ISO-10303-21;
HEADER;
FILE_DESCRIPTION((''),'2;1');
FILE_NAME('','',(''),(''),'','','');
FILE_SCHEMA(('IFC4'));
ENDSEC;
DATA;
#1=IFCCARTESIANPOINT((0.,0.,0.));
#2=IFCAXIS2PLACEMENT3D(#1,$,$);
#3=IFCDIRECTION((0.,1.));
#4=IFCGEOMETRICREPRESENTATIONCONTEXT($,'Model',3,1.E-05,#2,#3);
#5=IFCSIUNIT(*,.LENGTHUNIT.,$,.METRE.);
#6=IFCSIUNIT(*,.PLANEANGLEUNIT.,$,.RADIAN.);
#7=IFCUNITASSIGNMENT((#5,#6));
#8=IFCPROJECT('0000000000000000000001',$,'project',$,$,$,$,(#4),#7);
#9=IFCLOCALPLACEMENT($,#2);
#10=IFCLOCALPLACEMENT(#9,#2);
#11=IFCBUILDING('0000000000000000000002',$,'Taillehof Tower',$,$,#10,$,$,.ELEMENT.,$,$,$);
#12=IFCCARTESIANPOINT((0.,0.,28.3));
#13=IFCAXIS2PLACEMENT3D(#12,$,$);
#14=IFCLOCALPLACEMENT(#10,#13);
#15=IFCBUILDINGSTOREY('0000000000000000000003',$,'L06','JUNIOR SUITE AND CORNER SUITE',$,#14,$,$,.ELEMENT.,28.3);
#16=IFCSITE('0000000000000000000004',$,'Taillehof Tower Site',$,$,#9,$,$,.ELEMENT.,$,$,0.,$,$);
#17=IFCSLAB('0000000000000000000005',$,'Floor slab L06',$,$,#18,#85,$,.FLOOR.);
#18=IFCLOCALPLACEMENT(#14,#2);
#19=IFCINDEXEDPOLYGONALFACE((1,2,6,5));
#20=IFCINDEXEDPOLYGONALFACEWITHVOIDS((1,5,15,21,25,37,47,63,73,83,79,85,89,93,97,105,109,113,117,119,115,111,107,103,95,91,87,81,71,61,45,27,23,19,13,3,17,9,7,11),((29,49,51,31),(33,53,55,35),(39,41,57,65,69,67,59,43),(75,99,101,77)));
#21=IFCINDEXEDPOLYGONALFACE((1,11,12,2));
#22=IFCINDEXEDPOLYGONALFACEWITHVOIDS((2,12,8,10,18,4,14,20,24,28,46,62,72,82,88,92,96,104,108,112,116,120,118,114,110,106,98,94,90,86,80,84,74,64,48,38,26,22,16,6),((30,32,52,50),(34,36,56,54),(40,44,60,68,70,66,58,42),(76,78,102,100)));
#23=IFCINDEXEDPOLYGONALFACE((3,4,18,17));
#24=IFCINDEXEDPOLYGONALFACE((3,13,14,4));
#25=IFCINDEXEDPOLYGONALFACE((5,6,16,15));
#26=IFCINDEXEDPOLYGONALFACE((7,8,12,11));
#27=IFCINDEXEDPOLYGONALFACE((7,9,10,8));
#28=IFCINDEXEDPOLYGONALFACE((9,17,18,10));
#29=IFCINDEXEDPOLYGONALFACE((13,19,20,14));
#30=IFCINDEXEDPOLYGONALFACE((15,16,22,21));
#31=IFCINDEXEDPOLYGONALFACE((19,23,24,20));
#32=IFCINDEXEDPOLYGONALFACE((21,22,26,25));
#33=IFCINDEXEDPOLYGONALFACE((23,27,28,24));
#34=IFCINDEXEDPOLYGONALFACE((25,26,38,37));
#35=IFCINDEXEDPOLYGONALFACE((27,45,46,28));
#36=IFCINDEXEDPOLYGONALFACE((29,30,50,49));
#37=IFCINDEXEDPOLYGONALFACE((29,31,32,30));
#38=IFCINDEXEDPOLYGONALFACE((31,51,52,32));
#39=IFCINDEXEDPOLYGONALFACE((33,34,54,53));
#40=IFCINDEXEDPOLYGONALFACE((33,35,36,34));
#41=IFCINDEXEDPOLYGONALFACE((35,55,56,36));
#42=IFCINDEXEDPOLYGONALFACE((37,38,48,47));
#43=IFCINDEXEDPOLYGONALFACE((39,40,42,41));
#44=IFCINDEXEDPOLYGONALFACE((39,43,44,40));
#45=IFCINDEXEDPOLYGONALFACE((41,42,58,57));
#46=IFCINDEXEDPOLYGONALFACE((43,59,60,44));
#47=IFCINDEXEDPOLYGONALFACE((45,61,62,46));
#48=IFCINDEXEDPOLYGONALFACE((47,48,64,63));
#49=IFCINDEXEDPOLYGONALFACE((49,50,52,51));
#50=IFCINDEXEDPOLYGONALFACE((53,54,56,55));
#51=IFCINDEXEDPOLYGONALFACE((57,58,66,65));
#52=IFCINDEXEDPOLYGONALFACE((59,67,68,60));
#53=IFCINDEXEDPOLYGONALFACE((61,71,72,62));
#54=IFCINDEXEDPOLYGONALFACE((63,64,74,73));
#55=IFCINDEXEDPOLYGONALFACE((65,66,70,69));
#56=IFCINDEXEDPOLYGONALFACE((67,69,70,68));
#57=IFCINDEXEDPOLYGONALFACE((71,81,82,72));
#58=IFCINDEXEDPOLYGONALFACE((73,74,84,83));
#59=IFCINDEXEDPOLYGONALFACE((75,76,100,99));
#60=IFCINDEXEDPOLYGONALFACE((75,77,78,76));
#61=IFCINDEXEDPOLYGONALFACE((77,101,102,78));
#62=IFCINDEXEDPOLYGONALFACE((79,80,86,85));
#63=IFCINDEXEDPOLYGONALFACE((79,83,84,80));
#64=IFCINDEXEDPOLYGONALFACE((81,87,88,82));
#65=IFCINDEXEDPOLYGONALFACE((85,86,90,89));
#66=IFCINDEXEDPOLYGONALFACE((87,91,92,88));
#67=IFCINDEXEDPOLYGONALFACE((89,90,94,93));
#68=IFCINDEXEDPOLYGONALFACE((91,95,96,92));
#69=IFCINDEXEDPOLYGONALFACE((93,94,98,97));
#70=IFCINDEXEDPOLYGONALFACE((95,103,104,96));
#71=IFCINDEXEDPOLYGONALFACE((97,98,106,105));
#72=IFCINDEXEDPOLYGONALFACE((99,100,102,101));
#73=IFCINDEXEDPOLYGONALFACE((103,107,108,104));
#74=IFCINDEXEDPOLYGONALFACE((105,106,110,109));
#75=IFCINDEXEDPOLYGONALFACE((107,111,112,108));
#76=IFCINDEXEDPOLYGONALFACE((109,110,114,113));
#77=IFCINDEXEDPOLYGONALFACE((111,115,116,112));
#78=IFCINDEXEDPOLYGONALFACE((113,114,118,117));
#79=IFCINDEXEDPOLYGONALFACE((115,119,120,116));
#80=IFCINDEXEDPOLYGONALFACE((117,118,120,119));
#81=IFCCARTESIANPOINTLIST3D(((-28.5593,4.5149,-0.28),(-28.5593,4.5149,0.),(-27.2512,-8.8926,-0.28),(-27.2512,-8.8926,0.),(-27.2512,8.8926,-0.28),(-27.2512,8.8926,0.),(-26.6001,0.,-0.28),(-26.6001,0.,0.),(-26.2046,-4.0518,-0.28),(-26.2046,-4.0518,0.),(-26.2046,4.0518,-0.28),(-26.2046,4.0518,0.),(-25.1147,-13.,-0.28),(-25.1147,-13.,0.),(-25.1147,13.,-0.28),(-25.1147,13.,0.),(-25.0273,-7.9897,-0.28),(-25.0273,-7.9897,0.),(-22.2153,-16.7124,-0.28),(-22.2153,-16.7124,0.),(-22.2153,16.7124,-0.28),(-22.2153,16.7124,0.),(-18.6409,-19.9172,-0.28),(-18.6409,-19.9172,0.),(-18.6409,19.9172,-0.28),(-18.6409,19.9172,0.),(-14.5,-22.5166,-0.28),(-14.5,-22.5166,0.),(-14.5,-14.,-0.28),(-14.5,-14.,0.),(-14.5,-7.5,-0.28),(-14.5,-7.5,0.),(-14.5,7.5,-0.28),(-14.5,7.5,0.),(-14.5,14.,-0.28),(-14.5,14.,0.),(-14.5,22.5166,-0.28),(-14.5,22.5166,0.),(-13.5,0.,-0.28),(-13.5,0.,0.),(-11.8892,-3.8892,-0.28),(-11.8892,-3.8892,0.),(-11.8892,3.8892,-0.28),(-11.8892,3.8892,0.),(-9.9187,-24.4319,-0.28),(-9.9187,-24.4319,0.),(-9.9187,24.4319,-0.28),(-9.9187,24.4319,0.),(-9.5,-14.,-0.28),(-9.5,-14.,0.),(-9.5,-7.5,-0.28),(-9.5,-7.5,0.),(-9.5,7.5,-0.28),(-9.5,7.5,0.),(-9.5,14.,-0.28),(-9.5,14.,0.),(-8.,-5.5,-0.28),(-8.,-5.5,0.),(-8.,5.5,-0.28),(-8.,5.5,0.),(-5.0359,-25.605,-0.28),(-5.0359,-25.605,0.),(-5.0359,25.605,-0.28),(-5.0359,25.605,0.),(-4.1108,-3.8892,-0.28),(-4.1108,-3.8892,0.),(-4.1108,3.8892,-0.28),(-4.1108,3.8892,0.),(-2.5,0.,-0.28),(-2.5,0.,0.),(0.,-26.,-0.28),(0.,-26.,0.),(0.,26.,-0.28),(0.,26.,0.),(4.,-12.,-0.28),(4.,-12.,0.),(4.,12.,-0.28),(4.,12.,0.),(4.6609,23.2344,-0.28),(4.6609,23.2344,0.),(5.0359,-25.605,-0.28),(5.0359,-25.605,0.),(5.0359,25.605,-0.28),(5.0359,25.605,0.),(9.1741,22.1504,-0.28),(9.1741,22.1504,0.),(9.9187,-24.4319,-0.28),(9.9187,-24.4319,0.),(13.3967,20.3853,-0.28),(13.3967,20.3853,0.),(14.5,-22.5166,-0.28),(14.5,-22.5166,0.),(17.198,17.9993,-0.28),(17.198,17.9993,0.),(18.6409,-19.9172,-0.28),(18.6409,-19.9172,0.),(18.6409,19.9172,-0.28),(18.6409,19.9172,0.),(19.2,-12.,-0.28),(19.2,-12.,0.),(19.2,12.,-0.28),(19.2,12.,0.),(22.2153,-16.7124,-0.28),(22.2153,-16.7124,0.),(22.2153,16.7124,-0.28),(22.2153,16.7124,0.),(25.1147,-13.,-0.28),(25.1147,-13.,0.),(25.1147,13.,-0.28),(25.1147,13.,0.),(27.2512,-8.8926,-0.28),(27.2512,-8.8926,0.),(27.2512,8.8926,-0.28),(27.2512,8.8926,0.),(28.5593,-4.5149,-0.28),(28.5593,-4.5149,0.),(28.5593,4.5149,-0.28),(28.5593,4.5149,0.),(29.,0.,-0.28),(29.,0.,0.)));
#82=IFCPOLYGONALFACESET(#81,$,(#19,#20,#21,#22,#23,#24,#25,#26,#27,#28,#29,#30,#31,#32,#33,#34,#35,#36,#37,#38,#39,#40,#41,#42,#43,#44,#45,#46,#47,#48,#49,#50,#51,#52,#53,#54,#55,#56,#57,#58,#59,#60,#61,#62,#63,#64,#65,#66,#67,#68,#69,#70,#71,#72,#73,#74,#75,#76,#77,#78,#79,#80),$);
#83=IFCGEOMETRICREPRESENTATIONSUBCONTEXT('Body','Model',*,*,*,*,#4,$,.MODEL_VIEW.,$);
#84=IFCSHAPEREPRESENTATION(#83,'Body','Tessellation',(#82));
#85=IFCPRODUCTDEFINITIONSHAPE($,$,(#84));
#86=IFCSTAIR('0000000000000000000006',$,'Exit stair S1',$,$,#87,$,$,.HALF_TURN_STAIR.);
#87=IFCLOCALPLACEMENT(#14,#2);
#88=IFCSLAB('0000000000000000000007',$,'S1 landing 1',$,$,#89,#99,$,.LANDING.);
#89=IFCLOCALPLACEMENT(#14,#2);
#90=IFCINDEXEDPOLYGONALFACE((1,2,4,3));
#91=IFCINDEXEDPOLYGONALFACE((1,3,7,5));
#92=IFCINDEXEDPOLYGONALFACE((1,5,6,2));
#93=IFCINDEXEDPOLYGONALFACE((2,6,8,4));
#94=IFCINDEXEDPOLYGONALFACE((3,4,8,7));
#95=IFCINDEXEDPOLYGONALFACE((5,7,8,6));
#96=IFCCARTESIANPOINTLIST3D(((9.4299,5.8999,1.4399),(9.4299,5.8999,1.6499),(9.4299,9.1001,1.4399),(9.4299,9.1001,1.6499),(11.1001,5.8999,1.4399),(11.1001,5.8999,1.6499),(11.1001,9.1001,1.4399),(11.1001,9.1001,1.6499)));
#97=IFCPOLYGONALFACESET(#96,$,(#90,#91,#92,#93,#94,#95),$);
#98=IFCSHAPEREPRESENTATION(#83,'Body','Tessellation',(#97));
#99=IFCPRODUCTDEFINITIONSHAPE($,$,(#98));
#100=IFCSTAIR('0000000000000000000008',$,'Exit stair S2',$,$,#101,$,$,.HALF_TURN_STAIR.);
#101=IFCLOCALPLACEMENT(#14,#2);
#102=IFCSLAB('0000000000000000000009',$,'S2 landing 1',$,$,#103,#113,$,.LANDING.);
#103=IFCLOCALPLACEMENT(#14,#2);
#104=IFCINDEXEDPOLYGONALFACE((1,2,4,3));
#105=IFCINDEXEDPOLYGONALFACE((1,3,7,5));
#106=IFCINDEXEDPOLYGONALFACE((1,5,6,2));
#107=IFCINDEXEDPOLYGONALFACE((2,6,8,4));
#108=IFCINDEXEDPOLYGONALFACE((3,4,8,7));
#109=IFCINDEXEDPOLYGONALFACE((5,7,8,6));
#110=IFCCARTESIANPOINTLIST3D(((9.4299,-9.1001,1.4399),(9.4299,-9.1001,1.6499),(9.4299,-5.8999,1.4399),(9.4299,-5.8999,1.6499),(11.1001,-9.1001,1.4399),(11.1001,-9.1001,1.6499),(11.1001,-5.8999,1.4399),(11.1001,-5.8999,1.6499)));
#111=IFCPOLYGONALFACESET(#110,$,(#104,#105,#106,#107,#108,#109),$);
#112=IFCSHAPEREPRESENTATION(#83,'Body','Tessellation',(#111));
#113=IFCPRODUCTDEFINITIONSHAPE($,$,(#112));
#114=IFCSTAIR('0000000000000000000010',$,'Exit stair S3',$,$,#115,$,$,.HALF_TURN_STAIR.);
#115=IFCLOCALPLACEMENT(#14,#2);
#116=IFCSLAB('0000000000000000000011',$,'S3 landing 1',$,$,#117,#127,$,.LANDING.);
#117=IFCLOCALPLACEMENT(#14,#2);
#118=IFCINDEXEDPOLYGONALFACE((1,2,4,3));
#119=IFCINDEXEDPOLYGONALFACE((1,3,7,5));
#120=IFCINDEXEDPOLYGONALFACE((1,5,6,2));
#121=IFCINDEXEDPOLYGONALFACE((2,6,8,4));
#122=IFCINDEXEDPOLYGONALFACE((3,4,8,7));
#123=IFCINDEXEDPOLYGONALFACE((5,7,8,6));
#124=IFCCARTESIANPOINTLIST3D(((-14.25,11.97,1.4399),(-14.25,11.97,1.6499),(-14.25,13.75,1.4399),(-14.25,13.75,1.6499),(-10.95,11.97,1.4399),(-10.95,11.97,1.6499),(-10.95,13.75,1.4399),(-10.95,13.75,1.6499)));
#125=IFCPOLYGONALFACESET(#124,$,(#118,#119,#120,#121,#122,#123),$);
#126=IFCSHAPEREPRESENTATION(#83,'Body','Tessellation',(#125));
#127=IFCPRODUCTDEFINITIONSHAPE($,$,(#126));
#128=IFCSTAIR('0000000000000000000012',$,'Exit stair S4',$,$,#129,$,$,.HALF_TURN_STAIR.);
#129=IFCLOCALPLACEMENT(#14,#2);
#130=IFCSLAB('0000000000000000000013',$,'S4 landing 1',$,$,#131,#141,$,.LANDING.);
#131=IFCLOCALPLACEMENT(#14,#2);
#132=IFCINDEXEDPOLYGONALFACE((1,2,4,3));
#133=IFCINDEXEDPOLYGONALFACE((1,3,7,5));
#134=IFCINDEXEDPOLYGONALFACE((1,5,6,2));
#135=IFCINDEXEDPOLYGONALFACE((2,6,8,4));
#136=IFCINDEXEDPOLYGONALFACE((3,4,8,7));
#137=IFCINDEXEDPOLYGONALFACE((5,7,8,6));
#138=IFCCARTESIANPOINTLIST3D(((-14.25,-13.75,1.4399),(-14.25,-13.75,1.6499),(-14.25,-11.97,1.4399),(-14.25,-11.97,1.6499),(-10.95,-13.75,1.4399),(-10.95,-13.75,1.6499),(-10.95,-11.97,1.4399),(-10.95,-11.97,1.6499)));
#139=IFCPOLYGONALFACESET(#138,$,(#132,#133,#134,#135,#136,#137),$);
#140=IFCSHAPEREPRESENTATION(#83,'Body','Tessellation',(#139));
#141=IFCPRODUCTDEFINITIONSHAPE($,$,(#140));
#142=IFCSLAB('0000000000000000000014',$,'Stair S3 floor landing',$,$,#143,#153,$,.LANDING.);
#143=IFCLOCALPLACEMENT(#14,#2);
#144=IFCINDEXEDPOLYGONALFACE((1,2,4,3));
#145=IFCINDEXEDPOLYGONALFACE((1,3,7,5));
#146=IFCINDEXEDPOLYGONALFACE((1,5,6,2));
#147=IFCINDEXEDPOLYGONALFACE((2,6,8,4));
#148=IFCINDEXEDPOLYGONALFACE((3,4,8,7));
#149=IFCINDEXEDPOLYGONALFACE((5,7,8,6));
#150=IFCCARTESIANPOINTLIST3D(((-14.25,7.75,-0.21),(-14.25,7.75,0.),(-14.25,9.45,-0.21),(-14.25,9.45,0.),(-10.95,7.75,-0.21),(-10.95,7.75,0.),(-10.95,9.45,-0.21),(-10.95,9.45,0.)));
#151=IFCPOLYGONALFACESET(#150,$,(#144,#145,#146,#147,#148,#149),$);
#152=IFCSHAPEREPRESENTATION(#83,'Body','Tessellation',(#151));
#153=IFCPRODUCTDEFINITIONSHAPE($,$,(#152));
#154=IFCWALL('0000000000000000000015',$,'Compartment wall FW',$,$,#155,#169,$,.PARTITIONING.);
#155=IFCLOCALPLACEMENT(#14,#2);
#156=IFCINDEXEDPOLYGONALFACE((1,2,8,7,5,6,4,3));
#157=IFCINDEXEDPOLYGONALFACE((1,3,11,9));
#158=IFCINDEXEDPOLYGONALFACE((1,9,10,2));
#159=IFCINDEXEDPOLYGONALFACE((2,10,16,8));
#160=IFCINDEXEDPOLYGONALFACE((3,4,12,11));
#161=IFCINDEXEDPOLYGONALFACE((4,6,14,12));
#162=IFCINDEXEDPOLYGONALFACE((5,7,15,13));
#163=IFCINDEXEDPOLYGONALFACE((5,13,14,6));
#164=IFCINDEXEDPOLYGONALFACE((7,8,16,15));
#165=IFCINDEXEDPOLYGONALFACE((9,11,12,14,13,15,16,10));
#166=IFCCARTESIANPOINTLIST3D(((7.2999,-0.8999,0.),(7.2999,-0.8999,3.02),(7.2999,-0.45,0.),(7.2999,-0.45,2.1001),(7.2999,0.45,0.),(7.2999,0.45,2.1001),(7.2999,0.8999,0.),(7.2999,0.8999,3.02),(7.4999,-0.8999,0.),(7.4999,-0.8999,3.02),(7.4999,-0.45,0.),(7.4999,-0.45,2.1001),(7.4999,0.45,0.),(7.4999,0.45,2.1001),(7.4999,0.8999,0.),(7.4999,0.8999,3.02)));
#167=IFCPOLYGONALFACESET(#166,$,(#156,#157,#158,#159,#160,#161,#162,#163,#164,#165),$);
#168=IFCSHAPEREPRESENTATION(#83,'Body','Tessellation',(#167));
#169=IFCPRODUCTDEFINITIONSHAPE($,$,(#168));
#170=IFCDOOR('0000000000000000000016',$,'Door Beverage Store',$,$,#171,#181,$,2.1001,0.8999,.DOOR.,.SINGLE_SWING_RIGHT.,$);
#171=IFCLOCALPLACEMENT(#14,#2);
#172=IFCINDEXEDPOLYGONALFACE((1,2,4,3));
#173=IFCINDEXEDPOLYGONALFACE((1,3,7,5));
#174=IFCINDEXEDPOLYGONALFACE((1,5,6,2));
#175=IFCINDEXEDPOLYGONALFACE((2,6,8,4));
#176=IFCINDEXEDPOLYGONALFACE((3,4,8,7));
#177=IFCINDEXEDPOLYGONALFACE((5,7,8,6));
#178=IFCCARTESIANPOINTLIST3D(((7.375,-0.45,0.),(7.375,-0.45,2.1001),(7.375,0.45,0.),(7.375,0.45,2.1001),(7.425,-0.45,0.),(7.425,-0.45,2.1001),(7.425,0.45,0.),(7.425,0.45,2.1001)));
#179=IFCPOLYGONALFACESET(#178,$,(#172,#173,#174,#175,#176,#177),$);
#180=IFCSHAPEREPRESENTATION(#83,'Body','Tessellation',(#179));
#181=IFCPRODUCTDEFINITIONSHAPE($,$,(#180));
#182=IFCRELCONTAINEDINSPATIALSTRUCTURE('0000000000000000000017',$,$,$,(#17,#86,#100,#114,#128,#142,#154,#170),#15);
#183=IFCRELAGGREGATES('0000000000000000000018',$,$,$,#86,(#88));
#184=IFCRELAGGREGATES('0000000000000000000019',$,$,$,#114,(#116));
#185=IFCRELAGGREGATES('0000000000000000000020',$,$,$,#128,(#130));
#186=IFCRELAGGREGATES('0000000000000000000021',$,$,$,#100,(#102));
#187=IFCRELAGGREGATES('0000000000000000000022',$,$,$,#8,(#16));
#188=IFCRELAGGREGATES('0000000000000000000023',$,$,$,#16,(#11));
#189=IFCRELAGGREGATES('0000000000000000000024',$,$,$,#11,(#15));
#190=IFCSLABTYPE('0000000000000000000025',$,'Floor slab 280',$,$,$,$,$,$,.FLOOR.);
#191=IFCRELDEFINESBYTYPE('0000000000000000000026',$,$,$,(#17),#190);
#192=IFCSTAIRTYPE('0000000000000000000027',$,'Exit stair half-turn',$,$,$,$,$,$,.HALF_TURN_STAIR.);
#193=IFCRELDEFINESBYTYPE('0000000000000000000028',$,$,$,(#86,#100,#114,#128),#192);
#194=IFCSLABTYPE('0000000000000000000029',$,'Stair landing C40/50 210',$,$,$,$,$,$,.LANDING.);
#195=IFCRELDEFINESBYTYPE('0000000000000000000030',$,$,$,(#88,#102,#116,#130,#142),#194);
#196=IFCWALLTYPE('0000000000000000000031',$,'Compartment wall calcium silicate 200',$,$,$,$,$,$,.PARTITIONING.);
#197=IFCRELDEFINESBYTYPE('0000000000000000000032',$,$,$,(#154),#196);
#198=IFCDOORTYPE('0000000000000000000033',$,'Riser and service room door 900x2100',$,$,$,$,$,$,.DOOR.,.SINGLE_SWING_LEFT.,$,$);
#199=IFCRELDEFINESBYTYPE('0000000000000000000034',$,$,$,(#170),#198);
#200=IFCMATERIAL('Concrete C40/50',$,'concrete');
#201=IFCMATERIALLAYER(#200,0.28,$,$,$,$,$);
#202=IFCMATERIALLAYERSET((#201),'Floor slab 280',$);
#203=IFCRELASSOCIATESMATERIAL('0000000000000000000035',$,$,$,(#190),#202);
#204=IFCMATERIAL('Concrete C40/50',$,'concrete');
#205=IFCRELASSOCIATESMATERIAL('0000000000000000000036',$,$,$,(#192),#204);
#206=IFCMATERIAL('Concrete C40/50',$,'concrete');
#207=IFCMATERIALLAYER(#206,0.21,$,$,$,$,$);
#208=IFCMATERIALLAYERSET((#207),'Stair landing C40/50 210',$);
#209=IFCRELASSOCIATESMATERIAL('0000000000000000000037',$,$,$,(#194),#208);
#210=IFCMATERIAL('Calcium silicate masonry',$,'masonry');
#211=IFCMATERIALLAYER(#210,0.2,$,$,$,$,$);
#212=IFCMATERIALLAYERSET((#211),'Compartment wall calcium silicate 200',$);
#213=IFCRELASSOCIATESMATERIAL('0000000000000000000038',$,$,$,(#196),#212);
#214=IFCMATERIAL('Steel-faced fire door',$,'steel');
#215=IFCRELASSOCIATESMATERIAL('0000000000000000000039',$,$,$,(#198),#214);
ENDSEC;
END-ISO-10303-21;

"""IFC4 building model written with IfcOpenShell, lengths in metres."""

from ifc_helpers import new_model, si_unit, direction, frame, frame_2d, origin, place, context, subcontext, project, spatial, polyline, rectangle, outline, extrude, material, layer, layer_set, type_object, element, fill, aggregate, save


model = new_model("IFC4")

# Units and contexts
model_context = context("Model", 3, precision=1e-05, world=origin(), true_north=direction((0.0, 1.0)))
body_context = subcontext(model_context, "Body", "Model", "MODEL_VIEW")
ifc_project = project(units=[si_unit("LENGTHUNIT", "METRE"), si_unit("PLANEANGLEUNIT", "RADIAN")], contexts=[model_context])

# Site, building, storey
site_placement = place(None, origin())
site = spatial("IfcSite", under=ifc_project, at=site_placement, Name="Taillehof Tower Site", CompositionType="ELEMENT", RefElevation=0.0)
building_placement = place(site_placement, origin())
building = spatial("IfcBuilding", under=site, at=building_placement, Name="Taillehof Tower", CompositionType="ELEMENT")
storey_placement = place(building_placement, frame((0.0, 0.0, 28.3)))
storey = spatial("IfcBuildingStorey", under=building, at=storey_placement, Name="L06", Description="JUNIOR SUITE AND CORNER SUITE", CompositionType="ELEMENT", Elevation=28.3)

# Slab
ifc_material_1 = material(Name="Concrete C40/50", Category="concrete")
ifc_layer_1 = layer(ifc_material_1, 0.28)
ifc_layer_set_1 = layer_set([ifc_layer_1], Name="Floor slab 280")
slab_type_1 = type_object("IfcSlabType", Name="Floor slab 280", PredefinedType="FLOOR", material=ifc_layer_set_1)
slab_1_placement = place(storey_placement, frame((0.0, 0.0, -0.28)))
element("IfcSlab", 1, at=slab_1_placement, inside=storey, type_object=slab_type_1, Name="Floor slab L06", PredefinedType="FLOOR", context=body_context, shape_type="SweptSolid", body=[
    extrude(outline(polyline([(29.0, 0.0), (28.5593, 4.5149), (27.2512, 8.8926), (25.1147, 13.0), (22.2153, 16.7124), (18.6409, 19.9172), (17.198, 17.9993), (13.3967, 20.3853), (9.1741, 22.1504), (4.6609, 23.2344), (5.0359, 25.605), (0.0, 26.0), (-5.0359, 25.605), (-9.9187, 24.4319), (-14.5, 22.5166), (-18.6409, 19.9172), (-22.2153, 16.7124), (-25.1147, 13.0), (-27.2512, 8.8926), (-28.5593, 4.5149), (-26.2046, 4.0518), (-26.6001, 0.0), (-26.2046, -4.0518), (-25.0273, -7.9897), (-27.2512, -8.8926), (-25.1147, -13.0), (-22.2153, -16.7124), (-18.6409, -19.9172), (-14.5, -22.5166), (-9.9187, -24.4319), (-5.0359, -25.605), (0.0, -26.0), (5.0359, -25.605), (9.9187, -24.4319), (14.5, -22.5166), (18.6409, -19.9172), (22.2153, -16.7124), (25.1147, -13.0), (27.2512, -8.8926), (28.5593, -4.5149), (29.0, 0.0)]), holes=[polyline([(-14.5, -7.5), (-9.5, -7.5), (-9.5, -14.0), (-14.5, -14.0), (-14.5, -7.5)]), polyline([(-8.0, -5.5), (-11.8892, -3.8892), (-13.5, 0.0), (-11.8892, 3.8892), (-8.0, 5.5), (-4.1108, 3.8892), (-2.5, 0.0), (-4.1108, -3.8892), (-8.0, -5.5)]), polyline([(19.2, 12.0), (19.2, -12.0), (4.0, -12.0), (4.0, 12.0), (19.2, 12.0)]), polyline([(-14.5, 14.0), (-9.5, 14.0), (-9.5, 7.5), (-14.5, 7.5), (-14.5, 14.0)])]), origin(), (0.0, 0.0, 1.0), 0.28),
])

# Stairs, slabs
ifc_material_2 = material(Name="Concrete C40/50", Category="concrete")
stair_type = type_object("IfcStairType", Name="Exit stair half-turn", PredefinedType="HALF_TURN_STAIR", material=ifc_material_2)
stair_1_placement = place(storey_placement, origin())
stair_1 = element("IfcStair", 2, at=stair_1_placement, inside=storey, type_object=stair_type, Name="Exit stair S1", PredefinedType="HALF_TURN_STAIR")
ifc_material_3 = material(Name="Concrete C40/50", Category="concrete")
ifc_layer_2 = layer(ifc_material_3, 0.21)
ifc_layer_set_2 = layer_set([ifc_layer_2], Name="Stair landing C40/50 210")
slab_type_2 = type_object("IfcSlabType", Name="Stair landing C40/50 210", PredefinedType="LANDING", material=ifc_layer_set_2)
slab_2_placement = place(storey_placement, frame((0.0, 0.0, 1.4399)))
slab_2 = element("IfcSlab", 3, at=slab_2_placement, type_object=slab_type_2, Name="S1 landing 1", PredefinedType="LANDING", context=body_context, shape_type="SweptSolid", body=[
    extrude(outline(polyline([(9.4299, 5.8999), (11.1001, 5.8999), (11.1001, 9.1001), (9.4299, 9.1001), (9.4299, 5.8999)])), origin(), (0.0, 0.0, 1.0), 0.21),
])
aggregate(stair_1, [slab_2])
stair_2_placement = place(storey_placement, origin())
stair_2 = element("IfcStair", 4, at=stair_2_placement, inside=storey, type_object=stair_type, Name="Exit stair S2", PredefinedType="HALF_TURN_STAIR")
slab_3_placement = place(storey_placement, frame((0.0, 0.0, 1.4399)))
slab_3 = element("IfcSlab", 5, at=slab_3_placement, type_object=slab_type_2, Name="S2 landing 1", PredefinedType="LANDING", context=body_context, shape_type="SweptSolid", body=[
    extrude(outline(polyline([(9.4299, -5.8999), (11.1001, -5.8999), (11.1001, -9.1001), (9.4299, -9.1001), (9.4299, -5.8999)])), origin(), (0.0, 0.0, 1.0), 0.21),
])
stair_3_placement = place(storey_placement, origin())
stair_3 = element("IfcStair", 6, at=stair_3_placement, inside=storey, type_object=stair_type, Name="Exit stair S3", PredefinedType="HALF_TURN_STAIR")
slab_4_placement = place(storey_placement, frame((0.0, 0.0, 1.4399)))
slab_4 = element("IfcSlab", 7, at=slab_4_placement, type_object=slab_type_2, Name="S3 landing 1", PredefinedType="LANDING", context=body_context, shape_type="SweptSolid", body=[
    extrude(outline(polyline([(-14.25, 11.97), (-14.25, 13.75), (-10.95, 13.75), (-10.95, 11.97), (-14.25, 11.97)])), origin(), (0.0, 0.0, 1.0), 0.21),
])
aggregate(stair_3, [slab_4])
stair_4_placement = place(storey_placement, origin())
stair_4 = element("IfcStair", 8, at=stair_4_placement, inside=storey, type_object=stair_type, Name="Exit stair S4", PredefinedType="HALF_TURN_STAIR")
slab_5_placement = place(storey_placement, frame((0.0, 0.0, 1.4399)))
slab_5 = element("IfcSlab", 9, at=slab_5_placement, type_object=slab_type_2, Name="S4 landing 1", PredefinedType="LANDING", context=body_context, shape_type="SweptSolid", body=[
    extrude(outline(polyline([(-14.25, -11.97), (-14.25, -13.75), (-10.95, -13.75), (-10.95, -11.97), (-14.25, -11.97)])), origin(), (0.0, 0.0, 1.0), 0.21),
])
aggregate(stair_4, [slab_5])

# Slab
slab_6_placement = place(storey_placement, frame((0.0, 0.0, -0.21)))
element("IfcSlab", 10, at=slab_6_placement, inside=storey, type_object=slab_type_2, Name="Stair S3 floor landing", PredefinedType="LANDING", context=body_context, shape_type="SweptSolid", body=[
    extrude(outline(polyline([(-14.25, 7.75), (-14.25, 9.45), (-10.95, 9.45), (-10.95, 7.75), (-14.25, 7.75)])), origin(), (0.0, 0.0, 1.0), 0.21),
])

# Wall, opening, door
ifc_material_4 = material(Name="Calcium silicate masonry", Category="masonry")
ifc_layer_3 = layer(ifc_material_4, 0.2)
ifc_layer_set_3 = layer_set([ifc_layer_3], Name="Compartment wall calcium silicate 200")
wall_type_1 = type_object("IfcWallType", Name="Compartment wall calcium silicate 200", PredefinedType="PARTITIONING", material=ifc_layer_set_3)
wall_1_placement = place(storey_placement, frame((7.3999, -0.8999, 0.0), z_axis=(0.0, 0.0, 1.0), x_axis=(0.0, 1.0, 0.0)))
wall_1 = element("IfcWall", 11, at=wall_1_placement, inside=storey, type_object=wall_type_1, Name="Compartment wall FW", PredefinedType="PARTITIONING", context=body_context, shape_type="SweptSolid", body=[
    extrude(rectangle(XDim=1.7998, YDim=0.2, at=frame_2d((0.8999, 0.0))), origin(), (0.0, 0.0, 1.0), 3.02),
])
opening_1_placement = place(wall_1_placement, frame((0.45, 0.0, 0.0)))
opening_1 = element("IfcOpeningElement", 12, at=opening_1_placement, cuts=wall_1, PredefinedType="OPENING", context=body_context, shape_type="SweptSolid", body=[
    extrude(rectangle(XDim=0.8999, YDim=2.1001, at=frame_2d((0.45, 1.05))), frame((0.0, 0.1099, 0.0), z_axis=(0.0, -1.0, 0.0), x_axis=(1.0, 0.0, 0.0)), (0.0, 0.0, 1.0), 0.22),
])
ifc_material_5 = material(Name="Steel-faced fire door", Category="steel")
door_type_1 = type_object("IfcDoorType", Name="Riser and service room door 900x2100", OperationType="SINGLE_SWING_LEFT", PredefinedType="DOOR", material=ifc_material_5)
door_1_placement = place(opening_1_placement, origin())
door_1 = element("IfcDoor", 13, at=door_1_placement, inside=storey, type_object=door_type_1, Name="Door Beverage Store", OperationType="SINGLE_SWING_RIGHT", OverallHeight=2.1001, OverallWidth=0.8999, PredefinedType="DOOR", context=body_context, shape_type="SweptSolid", body=[
    extrude(rectangle(XDim=0.8999, YDim=2.1001, at=frame_2d((0.45, 1.05))), frame((0.0, 0.0249, 0.0), z_axis=(0.0, -1.0, 0.0), x_axis=(1.0, 0.0, 0.0)), (0.0, 0.0, 1.0), 0.05),
])
fill(opening_1, door_1)

aggregate(stair_2, [slab_3])

save(model, "model.ifc")
